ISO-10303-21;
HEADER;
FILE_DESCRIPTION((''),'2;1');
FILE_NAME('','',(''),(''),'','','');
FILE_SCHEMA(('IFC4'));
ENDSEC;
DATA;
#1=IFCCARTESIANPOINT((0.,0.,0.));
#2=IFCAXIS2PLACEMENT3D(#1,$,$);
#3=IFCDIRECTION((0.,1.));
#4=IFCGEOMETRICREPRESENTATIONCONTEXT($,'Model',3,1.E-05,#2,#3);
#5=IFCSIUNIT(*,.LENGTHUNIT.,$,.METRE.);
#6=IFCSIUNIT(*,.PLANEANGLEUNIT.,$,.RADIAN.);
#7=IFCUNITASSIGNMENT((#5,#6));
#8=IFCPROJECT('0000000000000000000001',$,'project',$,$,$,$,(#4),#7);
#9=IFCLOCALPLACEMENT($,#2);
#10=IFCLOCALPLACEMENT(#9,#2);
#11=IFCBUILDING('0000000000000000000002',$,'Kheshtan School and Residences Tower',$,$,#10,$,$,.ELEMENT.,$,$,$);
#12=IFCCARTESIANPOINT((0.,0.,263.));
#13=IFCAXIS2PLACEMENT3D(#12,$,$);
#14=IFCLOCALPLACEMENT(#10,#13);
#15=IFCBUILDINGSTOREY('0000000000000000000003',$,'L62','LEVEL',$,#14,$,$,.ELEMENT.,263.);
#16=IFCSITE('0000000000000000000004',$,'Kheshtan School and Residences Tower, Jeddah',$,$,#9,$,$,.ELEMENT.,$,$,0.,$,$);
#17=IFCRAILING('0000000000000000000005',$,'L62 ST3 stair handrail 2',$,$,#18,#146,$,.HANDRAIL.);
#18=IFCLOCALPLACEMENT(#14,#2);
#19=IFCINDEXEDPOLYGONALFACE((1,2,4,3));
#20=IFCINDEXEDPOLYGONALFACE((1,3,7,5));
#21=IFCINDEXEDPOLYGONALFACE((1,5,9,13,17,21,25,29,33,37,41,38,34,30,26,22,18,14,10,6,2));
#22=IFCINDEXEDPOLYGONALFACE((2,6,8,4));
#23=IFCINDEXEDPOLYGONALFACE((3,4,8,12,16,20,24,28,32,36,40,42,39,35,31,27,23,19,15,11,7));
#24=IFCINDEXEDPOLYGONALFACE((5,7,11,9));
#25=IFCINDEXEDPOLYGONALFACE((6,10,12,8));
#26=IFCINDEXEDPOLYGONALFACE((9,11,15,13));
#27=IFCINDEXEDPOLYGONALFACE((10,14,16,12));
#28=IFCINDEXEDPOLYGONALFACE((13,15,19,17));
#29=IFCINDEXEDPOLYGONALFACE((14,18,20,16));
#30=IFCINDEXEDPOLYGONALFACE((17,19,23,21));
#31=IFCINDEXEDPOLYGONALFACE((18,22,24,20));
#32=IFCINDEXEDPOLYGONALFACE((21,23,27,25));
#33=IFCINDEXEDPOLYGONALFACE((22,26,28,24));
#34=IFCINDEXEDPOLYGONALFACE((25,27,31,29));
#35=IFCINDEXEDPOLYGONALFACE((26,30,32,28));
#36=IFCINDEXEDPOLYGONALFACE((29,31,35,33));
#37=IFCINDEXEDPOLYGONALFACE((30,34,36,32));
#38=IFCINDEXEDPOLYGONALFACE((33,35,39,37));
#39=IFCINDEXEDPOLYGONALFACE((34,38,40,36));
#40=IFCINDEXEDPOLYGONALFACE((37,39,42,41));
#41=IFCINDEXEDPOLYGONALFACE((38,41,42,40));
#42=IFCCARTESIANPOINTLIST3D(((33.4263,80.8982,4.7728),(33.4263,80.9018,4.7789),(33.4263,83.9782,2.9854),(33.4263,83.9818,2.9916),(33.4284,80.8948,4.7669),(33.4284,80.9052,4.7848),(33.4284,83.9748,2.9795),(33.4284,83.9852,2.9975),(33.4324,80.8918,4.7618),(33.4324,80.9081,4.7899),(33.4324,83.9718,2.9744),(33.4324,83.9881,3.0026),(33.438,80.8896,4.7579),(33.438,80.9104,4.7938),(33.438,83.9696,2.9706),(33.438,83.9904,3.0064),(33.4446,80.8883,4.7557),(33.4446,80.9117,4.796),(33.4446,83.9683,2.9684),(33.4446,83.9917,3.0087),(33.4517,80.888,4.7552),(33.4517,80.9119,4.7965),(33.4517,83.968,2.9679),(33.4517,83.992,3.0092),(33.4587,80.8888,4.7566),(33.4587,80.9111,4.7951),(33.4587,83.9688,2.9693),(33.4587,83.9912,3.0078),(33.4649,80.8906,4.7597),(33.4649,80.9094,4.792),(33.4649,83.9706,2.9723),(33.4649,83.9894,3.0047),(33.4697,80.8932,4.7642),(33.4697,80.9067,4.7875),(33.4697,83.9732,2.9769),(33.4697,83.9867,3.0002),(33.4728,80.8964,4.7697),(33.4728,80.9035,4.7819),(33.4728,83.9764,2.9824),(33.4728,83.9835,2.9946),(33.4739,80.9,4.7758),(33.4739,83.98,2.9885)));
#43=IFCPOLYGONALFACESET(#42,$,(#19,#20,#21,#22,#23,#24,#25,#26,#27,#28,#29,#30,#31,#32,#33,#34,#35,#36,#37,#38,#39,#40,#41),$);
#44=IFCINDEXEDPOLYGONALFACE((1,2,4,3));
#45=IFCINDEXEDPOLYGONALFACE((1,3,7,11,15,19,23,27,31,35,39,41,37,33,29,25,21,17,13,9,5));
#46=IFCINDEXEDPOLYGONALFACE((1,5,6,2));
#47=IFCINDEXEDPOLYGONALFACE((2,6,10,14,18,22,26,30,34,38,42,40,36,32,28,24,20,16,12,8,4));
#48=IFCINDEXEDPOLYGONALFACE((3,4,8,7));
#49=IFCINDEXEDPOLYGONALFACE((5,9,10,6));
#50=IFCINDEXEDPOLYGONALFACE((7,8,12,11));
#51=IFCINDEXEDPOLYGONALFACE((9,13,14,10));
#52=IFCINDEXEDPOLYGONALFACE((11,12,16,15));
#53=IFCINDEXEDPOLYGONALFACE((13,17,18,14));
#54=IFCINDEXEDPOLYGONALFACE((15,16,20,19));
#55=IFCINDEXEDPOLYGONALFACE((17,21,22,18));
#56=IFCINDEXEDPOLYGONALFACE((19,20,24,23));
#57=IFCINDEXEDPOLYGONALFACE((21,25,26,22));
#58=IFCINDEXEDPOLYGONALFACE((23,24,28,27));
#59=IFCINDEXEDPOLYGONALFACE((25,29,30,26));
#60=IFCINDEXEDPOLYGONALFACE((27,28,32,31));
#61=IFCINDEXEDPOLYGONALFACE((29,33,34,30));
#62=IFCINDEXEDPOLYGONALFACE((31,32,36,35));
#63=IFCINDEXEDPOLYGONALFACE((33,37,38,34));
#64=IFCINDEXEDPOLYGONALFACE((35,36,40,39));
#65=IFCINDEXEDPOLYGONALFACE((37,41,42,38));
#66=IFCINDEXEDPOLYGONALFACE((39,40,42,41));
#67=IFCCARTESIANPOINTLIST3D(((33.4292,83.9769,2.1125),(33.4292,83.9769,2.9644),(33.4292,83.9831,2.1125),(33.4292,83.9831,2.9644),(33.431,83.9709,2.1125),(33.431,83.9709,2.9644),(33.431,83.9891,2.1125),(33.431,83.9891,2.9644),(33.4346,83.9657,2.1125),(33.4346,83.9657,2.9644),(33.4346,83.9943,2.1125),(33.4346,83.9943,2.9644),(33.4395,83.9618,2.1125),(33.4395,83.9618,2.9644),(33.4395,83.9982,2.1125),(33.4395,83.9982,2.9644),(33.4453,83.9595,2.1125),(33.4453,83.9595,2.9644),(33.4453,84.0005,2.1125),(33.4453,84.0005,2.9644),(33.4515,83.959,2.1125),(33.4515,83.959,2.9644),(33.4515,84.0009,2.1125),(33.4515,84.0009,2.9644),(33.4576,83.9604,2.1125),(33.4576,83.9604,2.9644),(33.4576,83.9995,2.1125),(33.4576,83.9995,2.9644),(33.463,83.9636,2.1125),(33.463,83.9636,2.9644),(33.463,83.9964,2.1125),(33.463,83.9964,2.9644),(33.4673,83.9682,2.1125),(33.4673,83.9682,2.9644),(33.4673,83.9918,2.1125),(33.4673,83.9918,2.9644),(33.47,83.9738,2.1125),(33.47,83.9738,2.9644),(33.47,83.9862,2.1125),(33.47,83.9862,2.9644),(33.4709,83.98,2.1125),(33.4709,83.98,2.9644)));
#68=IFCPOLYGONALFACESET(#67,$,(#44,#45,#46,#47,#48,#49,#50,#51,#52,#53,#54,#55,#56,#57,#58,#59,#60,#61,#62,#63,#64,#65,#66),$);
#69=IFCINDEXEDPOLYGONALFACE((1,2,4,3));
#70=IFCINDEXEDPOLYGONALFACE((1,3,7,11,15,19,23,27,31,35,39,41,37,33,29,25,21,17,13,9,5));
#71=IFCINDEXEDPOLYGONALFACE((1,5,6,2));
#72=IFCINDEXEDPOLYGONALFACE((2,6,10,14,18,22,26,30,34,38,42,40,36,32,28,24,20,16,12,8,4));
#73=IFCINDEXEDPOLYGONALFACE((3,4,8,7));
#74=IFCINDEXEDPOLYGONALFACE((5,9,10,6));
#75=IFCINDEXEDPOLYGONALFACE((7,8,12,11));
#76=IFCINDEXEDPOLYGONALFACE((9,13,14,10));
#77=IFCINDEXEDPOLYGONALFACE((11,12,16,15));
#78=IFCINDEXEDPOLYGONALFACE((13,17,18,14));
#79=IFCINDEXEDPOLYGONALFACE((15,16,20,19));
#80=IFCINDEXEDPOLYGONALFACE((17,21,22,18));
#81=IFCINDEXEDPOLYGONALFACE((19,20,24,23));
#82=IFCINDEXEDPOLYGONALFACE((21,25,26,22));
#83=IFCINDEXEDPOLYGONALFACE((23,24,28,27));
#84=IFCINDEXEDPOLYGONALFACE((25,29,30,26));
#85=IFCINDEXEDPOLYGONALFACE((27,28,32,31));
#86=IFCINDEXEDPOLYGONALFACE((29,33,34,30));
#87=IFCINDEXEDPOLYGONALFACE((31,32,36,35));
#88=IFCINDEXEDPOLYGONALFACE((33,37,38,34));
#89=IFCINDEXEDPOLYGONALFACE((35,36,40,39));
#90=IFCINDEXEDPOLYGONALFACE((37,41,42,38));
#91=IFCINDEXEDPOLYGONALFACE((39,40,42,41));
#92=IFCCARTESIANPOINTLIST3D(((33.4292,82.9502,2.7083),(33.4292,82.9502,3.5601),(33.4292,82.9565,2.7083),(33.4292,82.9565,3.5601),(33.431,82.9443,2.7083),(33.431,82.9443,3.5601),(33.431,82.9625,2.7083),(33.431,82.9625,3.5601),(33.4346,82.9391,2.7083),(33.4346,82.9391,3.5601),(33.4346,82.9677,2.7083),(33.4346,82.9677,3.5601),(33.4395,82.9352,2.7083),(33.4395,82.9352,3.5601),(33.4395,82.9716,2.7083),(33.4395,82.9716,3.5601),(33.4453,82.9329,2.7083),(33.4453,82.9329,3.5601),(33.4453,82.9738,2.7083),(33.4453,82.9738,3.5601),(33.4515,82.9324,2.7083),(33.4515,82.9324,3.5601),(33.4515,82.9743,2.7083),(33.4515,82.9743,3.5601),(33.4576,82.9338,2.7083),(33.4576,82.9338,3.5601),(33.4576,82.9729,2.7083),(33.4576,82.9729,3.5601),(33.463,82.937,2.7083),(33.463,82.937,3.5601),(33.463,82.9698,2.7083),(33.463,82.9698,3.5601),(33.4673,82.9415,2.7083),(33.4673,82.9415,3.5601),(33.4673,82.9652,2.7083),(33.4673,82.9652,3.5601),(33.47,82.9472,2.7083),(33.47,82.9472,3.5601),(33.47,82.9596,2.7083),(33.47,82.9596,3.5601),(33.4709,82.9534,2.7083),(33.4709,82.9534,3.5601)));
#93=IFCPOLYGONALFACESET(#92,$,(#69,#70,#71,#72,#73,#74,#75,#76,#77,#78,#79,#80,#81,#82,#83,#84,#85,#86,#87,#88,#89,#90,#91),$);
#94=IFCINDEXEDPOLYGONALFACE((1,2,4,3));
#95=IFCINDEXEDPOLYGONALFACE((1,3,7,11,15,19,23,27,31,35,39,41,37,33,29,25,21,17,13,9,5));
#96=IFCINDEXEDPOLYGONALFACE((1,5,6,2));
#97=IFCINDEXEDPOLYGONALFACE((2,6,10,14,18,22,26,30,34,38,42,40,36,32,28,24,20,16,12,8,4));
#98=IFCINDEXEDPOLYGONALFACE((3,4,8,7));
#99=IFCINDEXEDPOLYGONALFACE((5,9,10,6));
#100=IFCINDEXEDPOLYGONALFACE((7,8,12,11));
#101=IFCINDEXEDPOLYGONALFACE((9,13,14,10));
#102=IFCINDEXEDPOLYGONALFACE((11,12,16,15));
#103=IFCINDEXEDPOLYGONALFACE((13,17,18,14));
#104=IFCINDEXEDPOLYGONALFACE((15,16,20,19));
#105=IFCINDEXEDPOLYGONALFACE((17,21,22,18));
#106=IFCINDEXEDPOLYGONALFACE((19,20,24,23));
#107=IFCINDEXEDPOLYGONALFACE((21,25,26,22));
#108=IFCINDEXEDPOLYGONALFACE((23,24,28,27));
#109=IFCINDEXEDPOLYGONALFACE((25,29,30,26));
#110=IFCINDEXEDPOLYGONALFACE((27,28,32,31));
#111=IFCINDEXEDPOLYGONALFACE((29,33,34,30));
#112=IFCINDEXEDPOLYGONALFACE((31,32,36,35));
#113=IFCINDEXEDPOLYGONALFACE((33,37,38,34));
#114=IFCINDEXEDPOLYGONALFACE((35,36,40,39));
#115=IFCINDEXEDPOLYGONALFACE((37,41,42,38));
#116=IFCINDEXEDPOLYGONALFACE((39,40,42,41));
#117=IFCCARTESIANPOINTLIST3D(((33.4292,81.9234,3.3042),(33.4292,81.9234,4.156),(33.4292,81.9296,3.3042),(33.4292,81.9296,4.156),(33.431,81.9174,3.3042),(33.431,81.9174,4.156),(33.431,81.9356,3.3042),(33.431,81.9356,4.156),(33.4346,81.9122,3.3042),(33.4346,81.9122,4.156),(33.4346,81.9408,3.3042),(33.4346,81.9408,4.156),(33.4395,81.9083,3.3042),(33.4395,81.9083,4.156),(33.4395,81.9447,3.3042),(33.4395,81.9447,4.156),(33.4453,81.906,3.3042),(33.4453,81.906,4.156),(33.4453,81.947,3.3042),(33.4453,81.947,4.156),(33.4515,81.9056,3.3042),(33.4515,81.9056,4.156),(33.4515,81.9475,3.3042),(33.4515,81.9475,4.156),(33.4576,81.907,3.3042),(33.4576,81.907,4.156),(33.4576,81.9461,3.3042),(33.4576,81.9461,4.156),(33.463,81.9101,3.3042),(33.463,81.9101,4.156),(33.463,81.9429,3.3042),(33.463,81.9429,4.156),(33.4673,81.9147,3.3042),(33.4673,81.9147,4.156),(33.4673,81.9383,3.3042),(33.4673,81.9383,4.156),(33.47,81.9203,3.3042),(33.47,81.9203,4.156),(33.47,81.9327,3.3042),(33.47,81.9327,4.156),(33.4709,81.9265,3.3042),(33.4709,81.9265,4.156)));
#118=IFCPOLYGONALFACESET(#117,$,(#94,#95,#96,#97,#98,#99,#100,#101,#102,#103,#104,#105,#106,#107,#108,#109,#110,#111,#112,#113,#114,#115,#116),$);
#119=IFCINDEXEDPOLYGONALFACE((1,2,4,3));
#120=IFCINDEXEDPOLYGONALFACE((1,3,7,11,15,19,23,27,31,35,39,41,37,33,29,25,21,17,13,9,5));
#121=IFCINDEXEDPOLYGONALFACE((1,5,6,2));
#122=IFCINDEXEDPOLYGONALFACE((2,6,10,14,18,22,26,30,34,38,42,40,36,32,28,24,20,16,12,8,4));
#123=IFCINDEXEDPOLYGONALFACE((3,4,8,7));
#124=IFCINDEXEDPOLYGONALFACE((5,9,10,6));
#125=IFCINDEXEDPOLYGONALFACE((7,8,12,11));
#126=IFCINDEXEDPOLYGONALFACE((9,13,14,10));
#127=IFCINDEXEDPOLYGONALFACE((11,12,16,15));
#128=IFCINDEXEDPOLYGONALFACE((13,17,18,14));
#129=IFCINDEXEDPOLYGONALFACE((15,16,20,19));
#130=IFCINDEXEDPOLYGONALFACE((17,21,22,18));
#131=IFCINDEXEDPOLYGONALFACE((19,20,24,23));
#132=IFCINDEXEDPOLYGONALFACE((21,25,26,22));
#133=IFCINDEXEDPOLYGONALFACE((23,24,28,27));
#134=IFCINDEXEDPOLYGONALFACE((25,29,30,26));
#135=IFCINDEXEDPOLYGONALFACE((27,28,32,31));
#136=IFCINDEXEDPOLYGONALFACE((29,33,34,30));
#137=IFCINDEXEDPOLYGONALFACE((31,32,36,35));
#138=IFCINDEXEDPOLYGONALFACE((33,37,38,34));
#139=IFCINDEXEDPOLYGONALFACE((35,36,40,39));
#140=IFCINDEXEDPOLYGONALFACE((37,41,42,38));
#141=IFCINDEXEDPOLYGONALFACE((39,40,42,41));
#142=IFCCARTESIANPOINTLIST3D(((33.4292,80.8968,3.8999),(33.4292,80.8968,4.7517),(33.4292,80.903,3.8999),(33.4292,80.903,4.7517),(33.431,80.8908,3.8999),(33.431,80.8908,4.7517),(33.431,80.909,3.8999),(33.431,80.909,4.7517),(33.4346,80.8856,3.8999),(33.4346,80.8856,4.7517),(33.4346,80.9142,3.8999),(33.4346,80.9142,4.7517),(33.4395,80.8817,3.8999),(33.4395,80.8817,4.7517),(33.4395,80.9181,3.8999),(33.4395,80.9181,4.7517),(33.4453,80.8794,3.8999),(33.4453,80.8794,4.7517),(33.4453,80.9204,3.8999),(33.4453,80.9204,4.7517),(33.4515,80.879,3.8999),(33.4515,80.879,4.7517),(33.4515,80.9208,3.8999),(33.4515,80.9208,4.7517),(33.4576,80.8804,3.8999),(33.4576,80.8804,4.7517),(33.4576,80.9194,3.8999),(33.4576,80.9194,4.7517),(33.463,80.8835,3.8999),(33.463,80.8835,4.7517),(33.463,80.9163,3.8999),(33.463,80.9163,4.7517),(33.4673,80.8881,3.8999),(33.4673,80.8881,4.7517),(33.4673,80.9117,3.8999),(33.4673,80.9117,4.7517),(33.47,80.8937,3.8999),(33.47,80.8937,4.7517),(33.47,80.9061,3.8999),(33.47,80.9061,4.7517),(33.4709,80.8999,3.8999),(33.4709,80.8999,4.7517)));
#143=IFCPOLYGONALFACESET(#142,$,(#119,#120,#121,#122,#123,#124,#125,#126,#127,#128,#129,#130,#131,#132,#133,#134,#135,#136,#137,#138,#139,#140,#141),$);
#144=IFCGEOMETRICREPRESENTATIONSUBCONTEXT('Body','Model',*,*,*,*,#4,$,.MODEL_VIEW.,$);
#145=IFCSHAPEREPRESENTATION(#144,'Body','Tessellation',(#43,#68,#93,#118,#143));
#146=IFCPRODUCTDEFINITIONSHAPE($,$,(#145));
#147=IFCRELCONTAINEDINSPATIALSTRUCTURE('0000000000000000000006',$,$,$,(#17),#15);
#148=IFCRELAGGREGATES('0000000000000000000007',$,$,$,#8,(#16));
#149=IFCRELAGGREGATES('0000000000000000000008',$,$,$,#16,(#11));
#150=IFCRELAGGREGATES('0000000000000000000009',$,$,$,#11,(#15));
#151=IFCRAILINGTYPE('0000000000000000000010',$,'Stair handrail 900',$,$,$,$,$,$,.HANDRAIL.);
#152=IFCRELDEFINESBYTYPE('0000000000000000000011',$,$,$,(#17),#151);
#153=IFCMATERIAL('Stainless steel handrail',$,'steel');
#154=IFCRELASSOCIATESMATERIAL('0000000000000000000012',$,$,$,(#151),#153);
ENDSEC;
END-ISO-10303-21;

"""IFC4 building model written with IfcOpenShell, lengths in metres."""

from ifc_helpers import new_model, si_unit, direction, frame, origin, origin_2d, place, context, subcontext, project, spatial, circle, extrude, material, type_object, element, save


model = new_model("IFC4")

# Units and contexts
model_context = context("Model", 3, precision=1e-05, world=origin(), true_north=direction((0.0, 1.0)))
body_context = subcontext(model_context, "Body", "Model", "MODEL_VIEW")
ifc_project = project(units=[si_unit("LENGTHUNIT", "METRE"), si_unit("PLANEANGLEUNIT", "RADIAN")], contexts=[model_context])

# Site, building, storey
site_placement = place(None, origin())
site = spatial("IfcSite", under=ifc_project, at=site_placement, Name="Kheshtan School and Residences Tower, Jeddah", CompositionType="ELEMENT", RefElevation=0.0)
building_placement = place(site_placement, origin())
building = spatial("IfcBuilding", under=site, at=building_placement, Name="Kheshtan School and Residences Tower", CompositionType="ELEMENT")
storey_placement = place(building_placement, frame((0.0, 0.0, 263.0)))
storey = spatial("IfcBuildingStorey", under=building, at=storey_placement, Name="L62", Description="LEVEL", CompositionType="ELEMENT", Elevation=263.0)

# Railing
ifc_material_1 = material(Name="Stainless steel handrail", Category="steel")
railing_type_1 = type_object("IfcRailingType", Name="Stair handrail 900", PredefinedType="HANDRAIL", material=ifc_material_1)
railing_1_placement = place(storey_placement, frame((33.45, 83.98, 2.1125)))
element("IfcRailing", 1, at=railing_1_placement, inside=storey, type_object=railing_type_1, Name="L62 ST3 stair handrail 2", PredefinedType="HANDRAIL", context=body_context, shape_type="SweptSolid", body=[
    extrude(circle(Radius=0.0239, at=origin_2d()), frame((0.0, 0.0, 0.876), z_axis=(0.0, -0.86492, 0.501909), x_axis=(1.0, 0.0, 0.0)), (0.0, 0.0, 1.0), 3.561),
    extrude(circle(Radius=0.021, at=origin_2d()), origin(), (0.0, 0.0, 1.0), 0.8518),
    extrude(circle(Radius=0.021, at=origin_2d()), frame((0.0, -1.0266, 0.5957)), (0.0, 0.0, 1.0), 0.8518),
    extrude(circle(Radius=0.021, at=origin_2d()), frame((0.0, -2.0535, 1.1917)), (0.0, 0.0, 1.0), 0.8518),
    extrude(circle(Radius=0.021, at=origin_2d()), frame((0.0, -3.0801, 1.7874)), (0.0, 0.0, 1.0), 0.8518),
])

save(model, "model.ifc")
